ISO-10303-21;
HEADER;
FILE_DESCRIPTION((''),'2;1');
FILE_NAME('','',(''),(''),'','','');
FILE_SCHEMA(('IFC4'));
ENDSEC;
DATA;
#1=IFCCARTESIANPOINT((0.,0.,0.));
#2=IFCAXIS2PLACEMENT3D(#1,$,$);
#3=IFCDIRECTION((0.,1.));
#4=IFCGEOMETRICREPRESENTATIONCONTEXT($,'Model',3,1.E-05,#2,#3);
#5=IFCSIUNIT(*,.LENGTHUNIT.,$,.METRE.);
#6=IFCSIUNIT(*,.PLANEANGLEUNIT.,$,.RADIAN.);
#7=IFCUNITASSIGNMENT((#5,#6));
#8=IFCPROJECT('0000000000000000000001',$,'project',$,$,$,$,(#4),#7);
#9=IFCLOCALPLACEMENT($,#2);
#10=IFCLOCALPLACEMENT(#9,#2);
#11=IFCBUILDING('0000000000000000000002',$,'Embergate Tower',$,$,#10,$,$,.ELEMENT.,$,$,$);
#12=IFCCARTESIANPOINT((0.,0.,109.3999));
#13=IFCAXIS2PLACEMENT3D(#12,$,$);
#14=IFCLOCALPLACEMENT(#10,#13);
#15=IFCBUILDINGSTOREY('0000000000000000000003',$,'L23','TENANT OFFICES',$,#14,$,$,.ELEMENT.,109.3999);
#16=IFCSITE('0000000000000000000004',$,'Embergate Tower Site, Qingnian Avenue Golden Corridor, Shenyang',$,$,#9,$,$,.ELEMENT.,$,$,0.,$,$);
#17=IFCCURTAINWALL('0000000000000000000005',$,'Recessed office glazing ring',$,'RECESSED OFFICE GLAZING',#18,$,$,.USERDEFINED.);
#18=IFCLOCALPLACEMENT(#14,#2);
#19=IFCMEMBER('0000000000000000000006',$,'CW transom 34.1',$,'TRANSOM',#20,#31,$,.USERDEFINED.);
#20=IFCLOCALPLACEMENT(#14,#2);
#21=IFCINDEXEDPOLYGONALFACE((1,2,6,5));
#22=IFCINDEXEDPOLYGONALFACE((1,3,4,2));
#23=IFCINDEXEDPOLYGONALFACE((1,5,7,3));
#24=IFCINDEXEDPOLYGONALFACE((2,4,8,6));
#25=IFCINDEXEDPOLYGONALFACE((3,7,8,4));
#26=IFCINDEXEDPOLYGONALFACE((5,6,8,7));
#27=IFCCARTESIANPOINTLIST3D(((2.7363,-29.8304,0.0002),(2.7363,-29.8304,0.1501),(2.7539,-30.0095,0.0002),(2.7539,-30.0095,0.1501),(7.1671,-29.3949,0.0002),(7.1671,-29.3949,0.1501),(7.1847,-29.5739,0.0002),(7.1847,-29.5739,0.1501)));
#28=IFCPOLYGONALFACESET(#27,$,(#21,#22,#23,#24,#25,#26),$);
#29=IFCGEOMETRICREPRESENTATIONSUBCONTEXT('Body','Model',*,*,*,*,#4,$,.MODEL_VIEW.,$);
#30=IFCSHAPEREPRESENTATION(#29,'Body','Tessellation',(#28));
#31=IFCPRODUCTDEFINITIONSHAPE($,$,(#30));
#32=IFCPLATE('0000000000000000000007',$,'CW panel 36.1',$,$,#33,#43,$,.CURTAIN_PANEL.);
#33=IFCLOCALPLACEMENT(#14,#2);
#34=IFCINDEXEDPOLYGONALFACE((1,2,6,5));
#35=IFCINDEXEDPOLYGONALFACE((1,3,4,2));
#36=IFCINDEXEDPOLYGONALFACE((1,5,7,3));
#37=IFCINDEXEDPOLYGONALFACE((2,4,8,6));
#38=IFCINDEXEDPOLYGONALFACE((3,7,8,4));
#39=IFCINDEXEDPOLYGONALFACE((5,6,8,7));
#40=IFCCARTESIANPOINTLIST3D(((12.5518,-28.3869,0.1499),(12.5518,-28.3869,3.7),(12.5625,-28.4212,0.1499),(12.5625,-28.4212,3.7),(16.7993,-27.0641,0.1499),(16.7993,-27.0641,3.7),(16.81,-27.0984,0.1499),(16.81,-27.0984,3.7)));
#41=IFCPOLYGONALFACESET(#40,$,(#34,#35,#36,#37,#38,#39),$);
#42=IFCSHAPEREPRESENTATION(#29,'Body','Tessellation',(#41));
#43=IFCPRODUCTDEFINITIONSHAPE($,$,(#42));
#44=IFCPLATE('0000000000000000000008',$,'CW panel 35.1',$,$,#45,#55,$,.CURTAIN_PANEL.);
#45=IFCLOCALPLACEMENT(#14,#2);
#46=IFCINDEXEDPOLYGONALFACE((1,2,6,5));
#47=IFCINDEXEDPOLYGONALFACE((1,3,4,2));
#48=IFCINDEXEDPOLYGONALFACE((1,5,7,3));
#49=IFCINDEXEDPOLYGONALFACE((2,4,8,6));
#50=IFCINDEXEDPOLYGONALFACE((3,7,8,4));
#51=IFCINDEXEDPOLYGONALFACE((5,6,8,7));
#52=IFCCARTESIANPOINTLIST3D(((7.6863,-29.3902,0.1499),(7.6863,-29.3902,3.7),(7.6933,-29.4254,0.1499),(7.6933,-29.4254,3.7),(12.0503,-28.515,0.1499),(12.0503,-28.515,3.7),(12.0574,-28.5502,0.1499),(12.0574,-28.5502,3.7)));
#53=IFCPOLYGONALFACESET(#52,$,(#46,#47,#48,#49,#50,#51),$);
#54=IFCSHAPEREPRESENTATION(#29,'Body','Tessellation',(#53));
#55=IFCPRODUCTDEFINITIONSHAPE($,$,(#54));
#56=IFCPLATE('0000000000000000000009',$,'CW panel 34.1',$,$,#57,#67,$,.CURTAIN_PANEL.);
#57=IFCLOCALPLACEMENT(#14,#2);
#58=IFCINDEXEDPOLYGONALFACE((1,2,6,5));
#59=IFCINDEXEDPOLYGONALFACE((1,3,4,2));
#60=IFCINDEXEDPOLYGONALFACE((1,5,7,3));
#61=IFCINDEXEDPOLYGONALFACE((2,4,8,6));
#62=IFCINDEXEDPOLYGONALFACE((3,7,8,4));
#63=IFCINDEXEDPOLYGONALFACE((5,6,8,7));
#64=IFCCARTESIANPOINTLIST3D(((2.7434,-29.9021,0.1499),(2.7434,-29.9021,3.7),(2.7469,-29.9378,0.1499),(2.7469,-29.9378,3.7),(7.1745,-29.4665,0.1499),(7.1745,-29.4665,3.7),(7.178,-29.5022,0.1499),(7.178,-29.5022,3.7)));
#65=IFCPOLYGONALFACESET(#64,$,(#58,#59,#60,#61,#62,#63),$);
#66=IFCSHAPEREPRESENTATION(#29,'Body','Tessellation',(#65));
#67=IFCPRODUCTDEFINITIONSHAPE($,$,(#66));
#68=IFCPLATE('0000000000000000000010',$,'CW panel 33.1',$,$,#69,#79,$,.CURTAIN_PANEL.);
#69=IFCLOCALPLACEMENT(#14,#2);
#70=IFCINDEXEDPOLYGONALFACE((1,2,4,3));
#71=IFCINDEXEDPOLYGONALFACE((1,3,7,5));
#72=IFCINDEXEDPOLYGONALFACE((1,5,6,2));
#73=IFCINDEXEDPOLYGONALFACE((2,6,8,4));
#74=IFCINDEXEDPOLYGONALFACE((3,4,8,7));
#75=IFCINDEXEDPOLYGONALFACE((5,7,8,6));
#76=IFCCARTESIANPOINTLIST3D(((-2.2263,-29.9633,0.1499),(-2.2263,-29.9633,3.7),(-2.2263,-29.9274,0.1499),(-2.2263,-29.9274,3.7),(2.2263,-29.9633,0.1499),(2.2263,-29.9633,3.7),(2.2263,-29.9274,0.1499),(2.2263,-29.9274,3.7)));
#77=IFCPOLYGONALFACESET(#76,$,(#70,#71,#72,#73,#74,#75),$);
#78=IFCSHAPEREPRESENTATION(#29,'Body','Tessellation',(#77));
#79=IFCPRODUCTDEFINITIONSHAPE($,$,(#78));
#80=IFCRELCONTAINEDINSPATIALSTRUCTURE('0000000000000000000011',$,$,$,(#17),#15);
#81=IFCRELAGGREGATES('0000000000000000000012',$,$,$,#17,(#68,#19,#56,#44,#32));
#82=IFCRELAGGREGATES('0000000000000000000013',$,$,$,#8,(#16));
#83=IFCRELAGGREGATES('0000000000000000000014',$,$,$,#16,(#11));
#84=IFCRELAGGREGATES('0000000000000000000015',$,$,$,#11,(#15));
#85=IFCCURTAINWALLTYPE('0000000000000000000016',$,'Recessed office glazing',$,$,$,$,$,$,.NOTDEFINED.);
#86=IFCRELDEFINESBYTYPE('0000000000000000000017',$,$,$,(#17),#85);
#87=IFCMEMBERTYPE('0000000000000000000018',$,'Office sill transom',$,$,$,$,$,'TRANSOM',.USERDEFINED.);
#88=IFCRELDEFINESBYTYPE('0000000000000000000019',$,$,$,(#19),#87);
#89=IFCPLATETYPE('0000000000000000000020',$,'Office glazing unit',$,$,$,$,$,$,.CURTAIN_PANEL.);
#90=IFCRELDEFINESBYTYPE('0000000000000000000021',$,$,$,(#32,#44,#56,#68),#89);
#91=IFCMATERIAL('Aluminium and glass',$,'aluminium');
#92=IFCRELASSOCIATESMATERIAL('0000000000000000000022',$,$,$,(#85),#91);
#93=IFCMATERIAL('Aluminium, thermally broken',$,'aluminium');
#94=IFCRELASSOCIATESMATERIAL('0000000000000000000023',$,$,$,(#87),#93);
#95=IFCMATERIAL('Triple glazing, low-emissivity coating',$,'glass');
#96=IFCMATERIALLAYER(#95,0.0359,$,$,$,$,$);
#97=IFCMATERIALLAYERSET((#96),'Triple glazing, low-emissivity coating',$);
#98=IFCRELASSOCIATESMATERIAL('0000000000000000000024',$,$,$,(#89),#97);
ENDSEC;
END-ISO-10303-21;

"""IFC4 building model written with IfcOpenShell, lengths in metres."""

from ifc_helpers import new_model, si_unit, direction, frame, origin, origin_2d, place, context, subcontext, project, spatial, rectangle, extrude, source, transform, mapped, material, layer, layer_set, material_profile, profile_set, type_object, element, aggregate, save


model = new_model("IFC4")

# Units and contexts
model_context = context("Model", 3, precision=1e-05, world=origin(), true_north=direction((0.0, 1.0)))
body_context = subcontext(model_context, "Body", "Model", "MODEL_VIEW")
ifc_project = project(units=[si_unit("LENGTHUNIT", "METRE"), si_unit("PLANEANGLEUNIT", "RADIAN")], contexts=[model_context])

# Site, building, storey
site_placement = place(None, origin())
site = spatial("IfcSite", under=ifc_project, at=site_placement, Name="Embergate Tower Site, Qingnian Avenue Golden Corridor, Shenyang", CompositionType="ELEMENT", RefElevation=0.0)
building_placement = place(site_placement, origin())
building = spatial("IfcBuilding", under=site, at=building_placement, Name="Embergate Tower", CompositionType="ELEMENT")
storey_placement = place(building_placement, frame((0.0, 0.0, 109.3999)))
storey = spatial("IfcBuildingStorey", under=building, at=storey_placement, Name="L23", Description="TENANT OFFICES", CompositionType="ELEMENT", Elevation=109.3999)

# Curtain wall, member
ifc_material_1 = material(Name="Aluminium and glass", Category="aluminium")
curtain_wall_type = type_object("IfcCurtainWallType", Name="Recessed office glazing", PredefinedType="NOTDEFINED", material=ifc_material_1)
curtain_wall_placement = place(storey_placement, origin())
curtain_wall = element("IfcCurtainWall", 1, at=curtain_wall_placement, inside=storey, type_object=curtain_wall_type, Name="Recessed office glazing ring", ObjectType="RECESSED OFFICE GLAZING", PredefinedType="USERDEFINED")
ifc_material_2 = material(Name="Aluminium, thermally broken", Category="aluminium")
ifc_material_profile_1 = material_profile(ifc_material_2, rectangle(XDim=0.1799, YDim=0.1499, at=origin_2d()), Name="AL 150x180")
ifc_profile_set_1 = profile_set([ifc_material_profile_1], Name="Aluminium, thermally broken")
member_type_1 = type_object("IfcMemberType", Name="Office sill transom", ElementType="TRANSOM", PredefinedType="USERDEFINED", material=ifc_profile_set_1)
shared_shape_1 = source(origin(), body_context, "Body", "SweptSolid", [
    extrude(rectangle(XDim=0.1799, YDim=0.1499, at=origin_2d()), origin(), (0.0, 0.0, 1.0), 4.4521),
])
member_1_placement = place(storey_placement, frame((2.7451, -29.9199, 0.0752), z_axis=(0.995204, 0.097826, 0.0), x_axis=(-0.097826, 0.995204, 0.0)))
member_1 = element("IfcMember", 2, at=member_1_placement, type_object=member_type_1, Name="CW transom 34.1", ObjectType="TRANSOM", PredefinedType="USERDEFINED", context=body_context, shape_type="MappedRepresentation", body=[
    mapped(shared_shape_1, transform((0.0, 0.0, 0.0))),
])

# Plates
ifc_material_3 = material(Name="Triple glazing, low-emissivity coating", Category="glass")
ifc_layer_1 = layer(ifc_material_3, 0.0359)
ifc_layer_set_1 = layer_set([ifc_layer_1], Name="Triple glazing, low-emissivity coating")
plate_type = type_object("IfcPlateType", Name="Office glazing unit", PredefinedType="CURTAIN_PANEL", material=ifc_layer_set_1)
shared_shape_2 = source(origin(), body_context, "Body", "SweptSolid", [
    extrude(rectangle(XDim=4.4487, YDim=0.0359, at=origin_2d()), origin(), (0.0, 0.0, 1.0), 3.55),
])
plate_1_placement = place(storey_placement, frame((14.6809, -27.7427, 0.1499), z_axis=(0.0, 0.0, 1.0), x_axis=(0.95477, 0.297345, 0.0)))
plate_1 = element("IfcPlate", 3, at=plate_1_placement, type_object=plate_type, Name="CW panel 36.1", PredefinedType="CURTAIN_PANEL", context=body_context, shape_type="MappedRepresentation", body=[
    mapped(shared_shape_2, transform((0.0, 0.0, 0.0))),
])
shared_shape_3 = source(origin(), body_context, "Body", "SweptSolid", [
    extrude(rectangle(XDim=4.4509, YDim=0.0359, at=origin_2d()), origin(), (0.0, 0.0, 1.0), 3.55),
])
plate_2_placement = place(storey_placement, frame((9.8718, -28.9702, 0.1499), z_axis=(0.0, 0.0, 1.0), x_axis=(0.980475, 0.196644, 0.0)))
plate_2 = element("IfcPlate", 4, at=plate_2_placement, type_object=plate_type, Name="CW panel 35.1", PredefinedType="CURTAIN_PANEL", context=body_context, shape_type="MappedRepresentation", body=[
    mapped(shared_shape_3, transform((0.0, 0.0, 0.0))),
])
shared_shape_4 = source(origin(), body_context, "Body", "SweptSolid", [
    extrude(rectangle(XDim=4.4524, YDim=0.0359, at=origin_2d()), origin(), (0.0, 0.0, 1.0), 3.55),
])
plate_3_placement = place(storey_placement, frame((4.9607, -29.7021, 0.1499), z_axis=(0.0, 0.0, 1.0), x_axis=(0.995203, 0.097831, 0.0)))
plate_3 = element("IfcPlate", 5, at=plate_3_placement, type_object=plate_type, Name="CW panel 34.1", PredefinedType="CURTAIN_PANEL", context=body_context, shape_type="MappedRepresentation", body=[
    mapped(shared_shape_4, transform((0.0, 0.0, 0.0))),
])
shared_shape_5 = source(origin(), body_context, "Body", "SweptSolid", [
    extrude(rectangle(XDim=4.4526, YDim=0.0359, at=origin_2d()), origin(), (0.0, 0.0, 1.0), 3.55),
])
plate_4_placement = place(storey_placement, frame((0.0, -29.9453, 0.1499), z_axis=(0.0, 0.0, 1.0), x_axis=(1.0, 0.0, 0.0)))
plate_4 = element("IfcPlate", 6, at=plate_4_placement, type_object=plate_type, Name="CW panel 33.1", PredefinedType="CURTAIN_PANEL", context=body_context, shape_type="MappedRepresentation", body=[
    mapped(shared_shape_5, transform((0.0, 0.0, 0.0))),
])
aggregate(curtain_wall, [plate_4, member_1, plate_3, plate_2, plate_1])

save(model, "model.ifc")
